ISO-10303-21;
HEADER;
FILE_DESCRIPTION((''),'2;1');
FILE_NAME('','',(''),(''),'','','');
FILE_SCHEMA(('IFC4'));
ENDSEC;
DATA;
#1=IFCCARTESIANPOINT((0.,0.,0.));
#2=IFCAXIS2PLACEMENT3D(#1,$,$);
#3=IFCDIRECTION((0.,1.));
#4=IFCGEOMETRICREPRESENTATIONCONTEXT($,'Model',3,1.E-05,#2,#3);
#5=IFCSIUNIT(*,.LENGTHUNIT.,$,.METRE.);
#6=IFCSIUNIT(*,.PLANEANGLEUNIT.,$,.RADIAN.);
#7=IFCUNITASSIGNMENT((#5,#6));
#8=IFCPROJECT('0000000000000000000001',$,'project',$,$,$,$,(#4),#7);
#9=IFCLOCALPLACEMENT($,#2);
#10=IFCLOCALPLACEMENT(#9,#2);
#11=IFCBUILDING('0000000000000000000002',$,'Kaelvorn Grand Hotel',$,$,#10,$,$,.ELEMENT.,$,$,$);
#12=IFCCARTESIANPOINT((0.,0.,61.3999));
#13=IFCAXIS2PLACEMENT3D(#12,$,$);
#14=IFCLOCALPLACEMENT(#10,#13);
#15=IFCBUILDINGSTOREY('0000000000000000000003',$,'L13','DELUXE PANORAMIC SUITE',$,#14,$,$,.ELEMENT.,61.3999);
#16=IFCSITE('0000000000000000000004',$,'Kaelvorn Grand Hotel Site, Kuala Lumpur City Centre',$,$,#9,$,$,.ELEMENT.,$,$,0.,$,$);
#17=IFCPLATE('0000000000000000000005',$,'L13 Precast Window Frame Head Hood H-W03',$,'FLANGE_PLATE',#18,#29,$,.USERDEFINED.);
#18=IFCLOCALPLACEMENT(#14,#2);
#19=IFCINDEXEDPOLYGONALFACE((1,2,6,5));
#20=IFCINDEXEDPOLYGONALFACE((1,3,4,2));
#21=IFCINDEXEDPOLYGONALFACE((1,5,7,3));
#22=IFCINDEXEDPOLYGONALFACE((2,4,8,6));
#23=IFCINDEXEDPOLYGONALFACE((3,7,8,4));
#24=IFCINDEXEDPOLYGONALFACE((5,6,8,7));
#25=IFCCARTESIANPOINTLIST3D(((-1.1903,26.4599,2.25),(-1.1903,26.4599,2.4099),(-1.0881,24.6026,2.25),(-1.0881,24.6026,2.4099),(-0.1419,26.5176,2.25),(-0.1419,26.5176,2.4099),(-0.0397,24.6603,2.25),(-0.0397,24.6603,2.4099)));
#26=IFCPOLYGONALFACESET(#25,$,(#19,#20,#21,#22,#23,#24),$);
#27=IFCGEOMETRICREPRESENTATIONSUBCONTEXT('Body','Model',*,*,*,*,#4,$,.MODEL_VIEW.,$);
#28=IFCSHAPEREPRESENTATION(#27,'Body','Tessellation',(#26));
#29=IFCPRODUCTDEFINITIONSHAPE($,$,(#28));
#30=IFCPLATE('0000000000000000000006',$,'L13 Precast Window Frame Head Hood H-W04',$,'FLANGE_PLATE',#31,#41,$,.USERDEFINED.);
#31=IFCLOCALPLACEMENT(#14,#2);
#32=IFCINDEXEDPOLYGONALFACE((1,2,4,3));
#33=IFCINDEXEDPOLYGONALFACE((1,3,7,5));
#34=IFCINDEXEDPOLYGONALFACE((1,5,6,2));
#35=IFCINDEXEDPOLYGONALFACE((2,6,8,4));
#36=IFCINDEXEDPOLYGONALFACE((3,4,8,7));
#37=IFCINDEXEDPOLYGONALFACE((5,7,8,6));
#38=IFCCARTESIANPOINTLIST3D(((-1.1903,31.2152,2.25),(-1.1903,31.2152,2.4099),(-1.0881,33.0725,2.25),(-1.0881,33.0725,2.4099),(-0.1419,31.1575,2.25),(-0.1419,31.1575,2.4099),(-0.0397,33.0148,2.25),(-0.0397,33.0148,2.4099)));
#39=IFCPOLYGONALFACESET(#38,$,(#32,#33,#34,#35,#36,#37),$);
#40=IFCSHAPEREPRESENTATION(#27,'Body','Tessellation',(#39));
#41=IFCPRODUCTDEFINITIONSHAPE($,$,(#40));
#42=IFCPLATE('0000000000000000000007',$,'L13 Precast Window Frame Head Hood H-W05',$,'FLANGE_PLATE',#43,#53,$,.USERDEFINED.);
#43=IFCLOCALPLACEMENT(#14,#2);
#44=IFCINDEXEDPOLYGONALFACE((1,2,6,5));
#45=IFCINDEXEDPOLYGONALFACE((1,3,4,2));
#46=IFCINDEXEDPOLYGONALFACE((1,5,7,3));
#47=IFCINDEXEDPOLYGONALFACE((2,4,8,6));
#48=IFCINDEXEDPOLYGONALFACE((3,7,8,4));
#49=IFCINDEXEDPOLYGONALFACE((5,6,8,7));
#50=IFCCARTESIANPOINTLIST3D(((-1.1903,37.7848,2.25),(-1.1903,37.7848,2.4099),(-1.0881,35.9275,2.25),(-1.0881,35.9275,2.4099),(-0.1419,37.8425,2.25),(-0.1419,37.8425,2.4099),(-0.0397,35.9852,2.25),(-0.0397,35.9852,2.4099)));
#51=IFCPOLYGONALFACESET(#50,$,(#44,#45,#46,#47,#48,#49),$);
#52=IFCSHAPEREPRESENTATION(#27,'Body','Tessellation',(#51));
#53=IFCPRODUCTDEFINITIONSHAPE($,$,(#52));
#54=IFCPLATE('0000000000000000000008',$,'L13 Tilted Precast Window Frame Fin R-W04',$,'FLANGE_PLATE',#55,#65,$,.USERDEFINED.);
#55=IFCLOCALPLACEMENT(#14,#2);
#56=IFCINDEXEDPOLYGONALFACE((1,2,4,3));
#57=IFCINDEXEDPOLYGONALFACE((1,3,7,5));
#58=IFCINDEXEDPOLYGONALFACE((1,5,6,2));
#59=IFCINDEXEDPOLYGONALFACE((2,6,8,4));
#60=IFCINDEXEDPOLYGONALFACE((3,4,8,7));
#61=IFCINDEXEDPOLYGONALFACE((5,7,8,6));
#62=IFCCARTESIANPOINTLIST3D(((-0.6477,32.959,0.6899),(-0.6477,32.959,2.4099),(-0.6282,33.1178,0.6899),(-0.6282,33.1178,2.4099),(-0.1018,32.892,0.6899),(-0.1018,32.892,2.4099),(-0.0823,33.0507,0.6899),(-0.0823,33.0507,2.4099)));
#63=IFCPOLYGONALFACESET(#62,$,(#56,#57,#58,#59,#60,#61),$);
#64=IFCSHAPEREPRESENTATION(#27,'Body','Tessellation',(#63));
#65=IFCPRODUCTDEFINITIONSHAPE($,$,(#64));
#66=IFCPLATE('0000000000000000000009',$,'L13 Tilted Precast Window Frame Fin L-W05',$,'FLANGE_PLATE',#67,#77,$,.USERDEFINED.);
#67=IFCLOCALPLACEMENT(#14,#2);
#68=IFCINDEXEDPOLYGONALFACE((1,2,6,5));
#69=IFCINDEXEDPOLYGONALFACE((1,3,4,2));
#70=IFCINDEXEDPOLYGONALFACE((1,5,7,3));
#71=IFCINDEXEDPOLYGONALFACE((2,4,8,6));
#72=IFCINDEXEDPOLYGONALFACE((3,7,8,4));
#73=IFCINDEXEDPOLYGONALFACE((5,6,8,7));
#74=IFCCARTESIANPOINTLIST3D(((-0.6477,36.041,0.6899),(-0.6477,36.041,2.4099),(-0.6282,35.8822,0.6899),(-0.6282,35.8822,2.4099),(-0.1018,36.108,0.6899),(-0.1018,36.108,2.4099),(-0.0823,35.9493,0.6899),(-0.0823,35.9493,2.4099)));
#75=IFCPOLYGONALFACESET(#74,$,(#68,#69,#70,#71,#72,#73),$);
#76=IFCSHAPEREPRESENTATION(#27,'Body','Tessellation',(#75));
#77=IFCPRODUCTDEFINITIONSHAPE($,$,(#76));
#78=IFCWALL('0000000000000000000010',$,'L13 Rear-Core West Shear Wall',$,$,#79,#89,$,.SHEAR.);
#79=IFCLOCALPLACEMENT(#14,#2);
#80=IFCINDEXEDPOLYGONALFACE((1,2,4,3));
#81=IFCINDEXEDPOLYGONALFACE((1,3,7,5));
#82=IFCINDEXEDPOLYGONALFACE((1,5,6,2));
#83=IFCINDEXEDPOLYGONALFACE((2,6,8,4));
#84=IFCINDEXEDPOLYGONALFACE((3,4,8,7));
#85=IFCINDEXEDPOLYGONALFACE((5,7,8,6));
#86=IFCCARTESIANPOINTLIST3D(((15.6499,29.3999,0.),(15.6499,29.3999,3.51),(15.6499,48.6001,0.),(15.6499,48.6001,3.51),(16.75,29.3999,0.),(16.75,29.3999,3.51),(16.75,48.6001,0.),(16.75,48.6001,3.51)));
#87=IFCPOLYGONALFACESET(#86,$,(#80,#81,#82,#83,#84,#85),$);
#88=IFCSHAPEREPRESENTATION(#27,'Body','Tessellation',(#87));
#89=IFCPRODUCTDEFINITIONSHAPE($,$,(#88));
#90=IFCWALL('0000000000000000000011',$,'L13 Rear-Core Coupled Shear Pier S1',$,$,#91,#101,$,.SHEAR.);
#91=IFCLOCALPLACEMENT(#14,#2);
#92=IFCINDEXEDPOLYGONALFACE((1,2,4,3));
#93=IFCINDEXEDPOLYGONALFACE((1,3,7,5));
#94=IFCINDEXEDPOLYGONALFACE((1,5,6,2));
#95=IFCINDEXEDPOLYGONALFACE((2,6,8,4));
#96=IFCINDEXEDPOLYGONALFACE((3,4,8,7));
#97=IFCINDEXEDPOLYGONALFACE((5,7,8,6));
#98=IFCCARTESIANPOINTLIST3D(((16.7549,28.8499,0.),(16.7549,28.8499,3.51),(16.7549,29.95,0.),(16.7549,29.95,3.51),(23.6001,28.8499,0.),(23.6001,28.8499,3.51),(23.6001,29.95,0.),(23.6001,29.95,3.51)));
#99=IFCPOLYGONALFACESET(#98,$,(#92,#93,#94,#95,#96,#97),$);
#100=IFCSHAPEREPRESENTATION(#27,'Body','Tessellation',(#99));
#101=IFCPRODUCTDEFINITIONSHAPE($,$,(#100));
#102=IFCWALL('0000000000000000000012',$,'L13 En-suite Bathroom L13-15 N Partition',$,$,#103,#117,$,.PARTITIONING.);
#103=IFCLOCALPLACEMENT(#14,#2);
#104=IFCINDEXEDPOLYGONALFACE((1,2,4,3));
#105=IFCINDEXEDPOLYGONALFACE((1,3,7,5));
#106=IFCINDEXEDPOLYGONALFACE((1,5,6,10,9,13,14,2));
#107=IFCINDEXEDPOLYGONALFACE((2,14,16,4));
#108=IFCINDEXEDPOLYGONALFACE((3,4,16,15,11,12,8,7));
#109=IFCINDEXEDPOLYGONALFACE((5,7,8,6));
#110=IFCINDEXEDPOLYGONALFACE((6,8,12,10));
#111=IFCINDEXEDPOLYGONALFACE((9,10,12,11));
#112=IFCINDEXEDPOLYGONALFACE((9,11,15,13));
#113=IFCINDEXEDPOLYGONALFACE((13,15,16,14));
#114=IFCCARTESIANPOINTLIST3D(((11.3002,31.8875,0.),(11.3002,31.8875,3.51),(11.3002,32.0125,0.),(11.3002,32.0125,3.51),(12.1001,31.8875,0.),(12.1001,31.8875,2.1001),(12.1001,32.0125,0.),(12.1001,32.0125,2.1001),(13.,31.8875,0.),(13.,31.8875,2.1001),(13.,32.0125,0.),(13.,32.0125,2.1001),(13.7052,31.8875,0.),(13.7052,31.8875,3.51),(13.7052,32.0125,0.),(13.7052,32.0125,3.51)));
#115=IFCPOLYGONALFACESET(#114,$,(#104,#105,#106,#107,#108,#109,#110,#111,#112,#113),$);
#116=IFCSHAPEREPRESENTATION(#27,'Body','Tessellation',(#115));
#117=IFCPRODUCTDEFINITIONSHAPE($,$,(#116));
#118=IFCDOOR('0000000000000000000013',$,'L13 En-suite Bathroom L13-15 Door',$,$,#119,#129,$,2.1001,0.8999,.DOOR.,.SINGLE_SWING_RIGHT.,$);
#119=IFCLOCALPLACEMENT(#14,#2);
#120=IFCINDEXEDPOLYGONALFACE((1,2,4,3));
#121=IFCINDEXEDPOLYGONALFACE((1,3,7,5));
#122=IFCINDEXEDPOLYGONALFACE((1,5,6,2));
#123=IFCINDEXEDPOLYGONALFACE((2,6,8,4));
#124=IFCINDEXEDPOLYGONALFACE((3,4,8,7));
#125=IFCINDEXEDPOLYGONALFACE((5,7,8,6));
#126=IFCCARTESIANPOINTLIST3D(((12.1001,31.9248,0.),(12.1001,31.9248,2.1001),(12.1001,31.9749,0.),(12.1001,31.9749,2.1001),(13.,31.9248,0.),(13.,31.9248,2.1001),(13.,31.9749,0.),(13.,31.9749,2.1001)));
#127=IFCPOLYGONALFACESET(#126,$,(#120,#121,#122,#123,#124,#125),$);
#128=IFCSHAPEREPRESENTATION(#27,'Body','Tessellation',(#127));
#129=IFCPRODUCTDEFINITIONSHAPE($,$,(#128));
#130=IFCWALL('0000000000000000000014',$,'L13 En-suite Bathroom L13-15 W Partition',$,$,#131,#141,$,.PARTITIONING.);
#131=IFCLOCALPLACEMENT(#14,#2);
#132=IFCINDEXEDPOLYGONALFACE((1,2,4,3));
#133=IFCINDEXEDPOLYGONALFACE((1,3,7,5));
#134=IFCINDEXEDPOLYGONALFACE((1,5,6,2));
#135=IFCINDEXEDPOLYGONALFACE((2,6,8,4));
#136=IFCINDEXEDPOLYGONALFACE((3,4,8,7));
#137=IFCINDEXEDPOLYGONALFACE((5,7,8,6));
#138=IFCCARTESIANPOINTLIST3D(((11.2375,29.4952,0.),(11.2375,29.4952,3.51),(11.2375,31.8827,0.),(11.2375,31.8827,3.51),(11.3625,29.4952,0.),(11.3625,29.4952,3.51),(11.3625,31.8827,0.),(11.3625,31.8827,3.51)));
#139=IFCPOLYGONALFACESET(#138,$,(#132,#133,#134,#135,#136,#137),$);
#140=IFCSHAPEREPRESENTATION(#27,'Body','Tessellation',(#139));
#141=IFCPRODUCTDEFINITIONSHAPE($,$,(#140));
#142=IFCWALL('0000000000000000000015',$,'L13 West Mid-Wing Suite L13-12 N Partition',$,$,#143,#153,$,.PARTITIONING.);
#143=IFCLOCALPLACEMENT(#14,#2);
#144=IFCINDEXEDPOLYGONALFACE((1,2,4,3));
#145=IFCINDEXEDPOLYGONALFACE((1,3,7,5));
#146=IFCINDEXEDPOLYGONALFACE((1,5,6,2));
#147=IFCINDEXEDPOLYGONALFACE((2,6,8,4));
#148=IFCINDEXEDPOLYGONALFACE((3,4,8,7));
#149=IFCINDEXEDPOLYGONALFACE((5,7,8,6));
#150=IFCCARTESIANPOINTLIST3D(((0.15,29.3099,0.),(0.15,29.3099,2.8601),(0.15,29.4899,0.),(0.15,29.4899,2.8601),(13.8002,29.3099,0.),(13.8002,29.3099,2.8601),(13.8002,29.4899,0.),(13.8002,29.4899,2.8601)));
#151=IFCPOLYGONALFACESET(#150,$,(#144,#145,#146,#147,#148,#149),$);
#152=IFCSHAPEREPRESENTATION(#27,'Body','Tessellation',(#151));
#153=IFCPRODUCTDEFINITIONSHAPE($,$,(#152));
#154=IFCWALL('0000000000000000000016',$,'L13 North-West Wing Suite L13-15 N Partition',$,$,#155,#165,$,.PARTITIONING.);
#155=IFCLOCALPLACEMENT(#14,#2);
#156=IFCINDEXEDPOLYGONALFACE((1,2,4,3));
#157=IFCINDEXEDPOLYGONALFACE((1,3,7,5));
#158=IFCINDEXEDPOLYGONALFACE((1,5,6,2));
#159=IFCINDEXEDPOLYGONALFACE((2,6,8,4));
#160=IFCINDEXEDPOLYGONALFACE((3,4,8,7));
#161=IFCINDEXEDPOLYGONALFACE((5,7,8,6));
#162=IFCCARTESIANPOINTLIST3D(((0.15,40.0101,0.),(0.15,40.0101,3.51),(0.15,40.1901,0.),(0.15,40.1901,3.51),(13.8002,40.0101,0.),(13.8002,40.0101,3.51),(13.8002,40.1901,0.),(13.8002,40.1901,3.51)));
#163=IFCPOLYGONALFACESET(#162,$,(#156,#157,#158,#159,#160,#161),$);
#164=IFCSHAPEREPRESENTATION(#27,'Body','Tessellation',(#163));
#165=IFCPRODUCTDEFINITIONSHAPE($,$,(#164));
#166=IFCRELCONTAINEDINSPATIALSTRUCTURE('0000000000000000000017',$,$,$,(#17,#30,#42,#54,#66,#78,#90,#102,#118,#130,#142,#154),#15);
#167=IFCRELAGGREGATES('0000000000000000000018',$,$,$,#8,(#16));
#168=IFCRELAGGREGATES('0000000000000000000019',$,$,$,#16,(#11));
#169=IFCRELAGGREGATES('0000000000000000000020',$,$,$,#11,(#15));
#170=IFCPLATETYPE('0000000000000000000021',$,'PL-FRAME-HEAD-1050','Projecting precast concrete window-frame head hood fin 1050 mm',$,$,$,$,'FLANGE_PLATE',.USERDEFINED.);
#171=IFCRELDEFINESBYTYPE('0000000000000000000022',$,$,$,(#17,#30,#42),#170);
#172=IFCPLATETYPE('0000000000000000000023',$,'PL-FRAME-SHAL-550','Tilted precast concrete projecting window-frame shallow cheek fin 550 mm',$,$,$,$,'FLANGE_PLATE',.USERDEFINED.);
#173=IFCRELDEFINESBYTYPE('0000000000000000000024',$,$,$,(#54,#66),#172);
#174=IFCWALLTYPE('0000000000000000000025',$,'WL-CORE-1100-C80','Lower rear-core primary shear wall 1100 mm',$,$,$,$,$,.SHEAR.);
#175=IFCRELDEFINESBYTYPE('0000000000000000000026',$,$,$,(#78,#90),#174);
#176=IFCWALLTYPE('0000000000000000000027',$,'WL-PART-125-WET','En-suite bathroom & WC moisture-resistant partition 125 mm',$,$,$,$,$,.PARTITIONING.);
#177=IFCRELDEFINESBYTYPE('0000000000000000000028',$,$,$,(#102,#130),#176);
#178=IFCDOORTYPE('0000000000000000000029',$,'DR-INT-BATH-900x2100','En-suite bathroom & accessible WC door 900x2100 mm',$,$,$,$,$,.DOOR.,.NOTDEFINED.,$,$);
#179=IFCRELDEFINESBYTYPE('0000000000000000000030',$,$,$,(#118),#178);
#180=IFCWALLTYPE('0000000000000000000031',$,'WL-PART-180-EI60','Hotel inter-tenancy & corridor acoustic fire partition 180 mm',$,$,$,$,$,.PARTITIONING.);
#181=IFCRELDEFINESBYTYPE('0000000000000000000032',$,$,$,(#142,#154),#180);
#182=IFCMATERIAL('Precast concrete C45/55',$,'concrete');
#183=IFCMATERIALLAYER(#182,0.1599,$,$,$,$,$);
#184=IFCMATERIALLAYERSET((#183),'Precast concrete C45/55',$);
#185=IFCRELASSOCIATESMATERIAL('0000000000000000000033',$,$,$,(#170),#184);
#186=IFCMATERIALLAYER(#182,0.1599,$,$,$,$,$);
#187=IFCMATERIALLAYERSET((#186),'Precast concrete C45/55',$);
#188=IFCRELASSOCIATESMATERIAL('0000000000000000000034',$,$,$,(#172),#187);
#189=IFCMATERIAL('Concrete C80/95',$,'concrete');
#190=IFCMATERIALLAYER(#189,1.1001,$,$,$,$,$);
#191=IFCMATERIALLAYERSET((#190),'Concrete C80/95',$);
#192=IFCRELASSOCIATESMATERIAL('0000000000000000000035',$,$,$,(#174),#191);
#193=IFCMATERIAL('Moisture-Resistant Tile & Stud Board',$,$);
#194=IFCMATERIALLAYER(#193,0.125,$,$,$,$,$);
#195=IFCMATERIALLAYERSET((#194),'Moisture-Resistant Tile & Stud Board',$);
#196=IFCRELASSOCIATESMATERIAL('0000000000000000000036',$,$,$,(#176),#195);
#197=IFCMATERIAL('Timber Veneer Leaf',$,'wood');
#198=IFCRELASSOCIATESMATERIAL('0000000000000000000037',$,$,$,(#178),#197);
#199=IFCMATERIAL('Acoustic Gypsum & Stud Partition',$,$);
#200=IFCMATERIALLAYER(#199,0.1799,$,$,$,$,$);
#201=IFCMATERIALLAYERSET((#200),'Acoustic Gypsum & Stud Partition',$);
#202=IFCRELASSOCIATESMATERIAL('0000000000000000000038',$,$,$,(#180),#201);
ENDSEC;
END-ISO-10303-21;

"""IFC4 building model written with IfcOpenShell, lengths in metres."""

from ifc_helpers import new_model, si_unit, direction, frame, frame_2d, origin, origin_2d, place, context, subcontext, project, spatial, rectangle, extrude, material, layer, layer_set, type_object, element, fill, save


model = new_model("IFC4")

# Units and contexts
model_context = context("Model", 3, precision=1e-05, world=origin(), true_north=direction((0.0, 1.0)))
body_context = subcontext(model_context, "Body", "Model", "MODEL_VIEW")
ifc_project = project(units=[si_unit("LENGTHUNIT", "METRE"), si_unit("PLANEANGLEUNIT", "RADIAN")], contexts=[model_context])

# Site, building, storey
site_placement = place(None, origin())
site = spatial("IfcSite", under=ifc_project, at=site_placement, Name="Kaelvorn Grand Hotel Site, Kuala Lumpur City Centre", CompositionType="ELEMENT", RefElevation=0.0)
building_placement = place(site_placement, origin())
building = spatial("IfcBuilding", under=site, at=building_placement, Name="Kaelvorn Grand Hotel", CompositionType="ELEMENT")
storey_placement = place(building_placement, frame((0.0, 0.0, 61.3999)))
storey = spatial("IfcBuildingStorey", under=building, at=storey_placement, Name="L13", Description="DELUXE PANORAMIC SUITE", CompositionType="ELEMENT", Elevation=61.3999)

# Shared definitions
ifc_material_1 = material(Name="Concrete C80/95", Category="concrete")

# Plates
ifc_material_2 = material(Name="Precast concrete C45/55", Category="concrete")
ifc_layer_1 = layer(ifc_material_2, 0.1599)
ifc_layer_set_1 = layer_set([ifc_layer_1], Name="Precast concrete C45/55")
plate_type_1 = type_object("IfcPlateType", Name="PL-FRAME-HEAD-1050", Description="Projecting precast concrete window-frame head hood fin 1050 mm", ElementType="FLANGE_PLATE", PredefinedType="USERDEFINED", material=ifc_layer_set_1)
for number, where, z_axis, x_axis, name in (
    (1, (-0.615, 25.5601, 2.25), (0.0, 0.0, 1.0), (-0.05495, 0.998489, 0.0), "L13 Precast Window Frame Head Hood H-W03"),
    (2, (-0.615, 32.115, 2.25), (0.0, 0.0, 1.0), (0.05495, 0.998489, 0.0), "L13 Precast Window Frame Head Hood H-W04"),
    (3, (-0.615, 36.885, 2.25), (0.0, 0.0, 1.0), (-0.05495, 0.998489, 0.0), "L13 Precast Window Frame Head Hood H-W05"),
):
    element("IfcPlate", number, at=place(storey_placement, frame(where, z_axis=z_axis, x_axis=x_axis)), inside=storey, type_object=plate_type_1, Name=name, ObjectType="FLANGE_PLATE", PredefinedType="USERDEFINED", context=body_context, shape_type="SweptSolid", body=[
        extrude(rectangle(XDim=1.8601, YDim=1.05, at=origin_2d()), origin(), (0.0, 0.0, 1.0), 0.1599),
    ])
ifc_layer_2 = layer(ifc_material_2, 0.1599)
ifc_layer_set_2 = layer_set([ifc_layer_2], Name="Precast concrete C45/55")
plate_type_2 = type_object("IfcPlateType", Name="PL-FRAME-SHAL-550", Description="Tilted precast concrete projecting window-frame shallow cheek fin 550 mm", ElementType="FLANGE_PLATE", PredefinedType="USERDEFINED", material=ifc_layer_set_2)
for number, where, z_axis, x_axis, name in (
    (4, (-0.365, 33.0049, 0.6899), (0.0, 0.0, 1.0), (0.121869, 0.992546, 0.0), "L13 Tilted Precast Window Frame Fin R-W04"),
    (5, (-0.365, 35.9951, 0.6899), (0.0, 0.0, 1.0), (-0.121869, 0.992546, 0.0), "L13 Tilted Precast Window Frame Fin L-W05"),
):
    element("IfcPlate", number, at=place(storey_placement, frame(where, z_axis=z_axis, x_axis=x_axis)), inside=storey, type_object=plate_type_2, Name=name, ObjectType="FLANGE_PLATE", PredefinedType="USERDEFINED", context=body_context, shape_type="SweptSolid", body=[
        extrude(rectangle(XDim=0.1599, YDim=0.55, at=origin_2d()), origin(), (0.0, 0.0, 1.0), 1.72),
    ])

# Walls
ifc_layer_3 = layer(ifc_material_1, 1.1001)
ifc_layer_set_3 = layer_set([ifc_layer_3], Name="Concrete C80/95")
wall_type_1 = type_object("IfcWallType", Name="WL-CORE-1100-C80", Description="Lower rear-core primary shear wall 1100 mm", PredefinedType="SHEAR", material=ifc_layer_set_3)
wall_1_placement = place(storey_placement, frame((16.2, 29.3999, 0.0), z_axis=(0.0, 0.0, 1.0), x_axis=(0.0, 1.0, 0.0)))
element("IfcWall", 6, at=wall_1_placement, inside=storey, type_object=wall_type_1, Name="L13 Rear-Core West Shear Wall", PredefinedType="SHEAR", context=body_context, shape_type="SweptSolid", body=[
    extrude(rectangle(XDim=19.2002, YDim=1.1001, at=frame_2d((9.6001, 0.0))), origin(), (0.0, 0.0, 1.0), 3.51),
])
wall_2_placement = place(storey_placement, frame((16.7549, 29.3999, 0.0), z_axis=(0.0, 0.0, 1.0), x_axis=(1.0, 0.0, 0.0)))
element("IfcWall", 7, at=wall_2_placement, inside=storey, type_object=wall_type_1, Name="L13 Rear-Core Coupled Shear Pier S1", PredefinedType="SHEAR", context=body_context, shape_type="SweptSolid", body=[
    extrude(rectangle(XDim=6.8452, YDim=1.1001, at=frame_2d((3.4226, 0.0))), origin(), (0.0, 0.0, 1.0), 3.51),
])

# Wall, opening, door
ifc_material_3 = material(Name="Moisture-Resistant Tile & Stud Board")
ifc_layer_4 = layer(ifc_material_3, 0.125)
ifc_layer_set_4 = layer_set([ifc_layer_4], Name="Moisture-Resistant Tile & Stud Board")
wall_type_2 = type_object("IfcWallType", Name="WL-PART-125-WET", Description="En-suite bathroom & WC moisture-resistant partition 125 mm", PredefinedType="PARTITIONING", material=ifc_layer_set_4)
wall_3_placement = place(storey_placement, frame((11.3, 31.95, 0.0), z_axis=(0.0, 0.0, 1.0), x_axis=(1.0, 0.0, 0.0)))
wall_3 = element("IfcWall", 8, at=wall_3_placement, inside=storey, type_object=wall_type_2, Name="L13 En-suite Bathroom L13-15 N Partition", PredefinedType="PARTITIONING", context=body_context, shape_type="SweptSolid", body=[
    extrude(rectangle(XDim=2.405, YDim=0.125, at=frame_2d((1.2026, 0.0))), origin(), (0.0, 0.0, 1.0), 3.51),
])
opening_1_placement = place(wall_3_placement, frame((0.8, 0.0, 0.0)))
opening_1 = element("IfcOpeningElement", 9, at=opening_1_placement, cuts=wall_3, PredefinedType="OPENING", context=body_context, shape_type="SweptSolid", body=[
    extrude(rectangle(XDim=0.8999, YDim=2.1001, at=frame_2d((0.45, 1.05))), frame((0.0, 0.0725, 0.0), z_axis=(0.0, -1.0, 0.0), x_axis=(1.0, 0.0, 0.0)), (0.0, 0.0, 1.0), 0.145),
])
ifc_material_4 = material(Name="Timber Veneer Leaf", Category="wood")
door_type_1 = type_object("IfcDoorType", Name="DR-INT-BATH-900x2100", Description="En-suite bathroom & accessible WC door 900x2100 mm", OperationType="NOTDEFINED", PredefinedType="DOOR", material=ifc_material_4)
door_1_placement = place(opening_1_placement, origin())
door_1 = element("IfcDoor", 10, at=door_1_placement, inside=storey, type_object=door_type_1, Name="L13 En-suite Bathroom L13-15 Door", OperationType="SINGLE_SWING_RIGHT", OverallHeight=2.1001, OverallWidth=0.8999, PredefinedType="DOOR", context=body_context, shape_type="SweptSolid", body=[
    extrude(rectangle(XDim=0.8999, YDim=2.1001, at=frame_2d((0.45, 1.05))), frame((0.0, 0.0249, 0.0), z_axis=(0.0, -1.0, 0.0), x_axis=(1.0, 0.0, 0.0)), (0.0, 0.0, 1.0), 0.05),
])
fill(opening_1, door_1)

# Walls
wall_4_placement = place(storey_placement, frame((11.3, 29.4951, 0.0), z_axis=(0.0, 0.0, 1.0), x_axis=(0.0, 1.0, 0.0)))
element("IfcWall", 11, at=wall_4_placement, inside=storey, type_object=wall_type_2, Name="L13 En-suite Bathroom L13-15 W Partition", PredefinedType="PARTITIONING", context=body_context, shape_type="SweptSolid", body=[
    extrude(rectangle(XDim=2.3875, YDim=0.125, at=frame_2d((1.1938, 0.0))), origin(), (0.0, 0.0, 1.0), 3.51),
])
ifc_material_5 = material(Name="Acoustic Gypsum & Stud Partition")
ifc_layer_5 = layer(ifc_material_5, 0.1799)
ifc_layer_set_5 = layer_set([ifc_layer_5], Name="Acoustic Gypsum & Stud Partition")
wall_type_3 = type_object("IfcWallType", Name="WL-PART-180-EI60", Description="Hotel inter-tenancy & corridor acoustic fire partition 180 mm", PredefinedType="PARTITIONING", material=ifc_layer_set_5)
wall_5_placement = place(storey_placement, frame((0.1499, 29.3999, 0.0), z_axis=(0.0, 0.0, 1.0), x_axis=(1.0, 0.0, 0.0)))
element("IfcWall", 12, at=wall_5_placement, inside=storey, type_object=wall_type_3, Name="L13 West Mid-Wing Suite L13-12 N Partition", PredefinedType="PARTITIONING", context=body_context, shape_type="SweptSolid", body=[
    extrude(rectangle(XDim=13.6501, YDim=0.1799, at=frame_2d((6.8252, 0.0))), origin(), (0.0, 0.0, 1.0), 2.8601),
])
wall_6_placement = place(storey_placement, frame((0.1499, 40.1001, 0.0), z_axis=(0.0, 0.0, 1.0), x_axis=(1.0, 0.0, 0.0)))
element("IfcWall", 13, at=wall_6_placement, inside=storey, type_object=wall_type_3, Name="L13 North-West Wing Suite L13-15 N Partition", PredefinedType="PARTITIONING", context=body_context, shape_type="SweptSolid", body=[
    extrude(rectangle(XDim=13.6501, YDim=0.1799, at=frame_2d((6.8252, 0.0))), origin(), (0.0, 0.0, 1.0), 3.51),
])

save(model, "model.ifc")
